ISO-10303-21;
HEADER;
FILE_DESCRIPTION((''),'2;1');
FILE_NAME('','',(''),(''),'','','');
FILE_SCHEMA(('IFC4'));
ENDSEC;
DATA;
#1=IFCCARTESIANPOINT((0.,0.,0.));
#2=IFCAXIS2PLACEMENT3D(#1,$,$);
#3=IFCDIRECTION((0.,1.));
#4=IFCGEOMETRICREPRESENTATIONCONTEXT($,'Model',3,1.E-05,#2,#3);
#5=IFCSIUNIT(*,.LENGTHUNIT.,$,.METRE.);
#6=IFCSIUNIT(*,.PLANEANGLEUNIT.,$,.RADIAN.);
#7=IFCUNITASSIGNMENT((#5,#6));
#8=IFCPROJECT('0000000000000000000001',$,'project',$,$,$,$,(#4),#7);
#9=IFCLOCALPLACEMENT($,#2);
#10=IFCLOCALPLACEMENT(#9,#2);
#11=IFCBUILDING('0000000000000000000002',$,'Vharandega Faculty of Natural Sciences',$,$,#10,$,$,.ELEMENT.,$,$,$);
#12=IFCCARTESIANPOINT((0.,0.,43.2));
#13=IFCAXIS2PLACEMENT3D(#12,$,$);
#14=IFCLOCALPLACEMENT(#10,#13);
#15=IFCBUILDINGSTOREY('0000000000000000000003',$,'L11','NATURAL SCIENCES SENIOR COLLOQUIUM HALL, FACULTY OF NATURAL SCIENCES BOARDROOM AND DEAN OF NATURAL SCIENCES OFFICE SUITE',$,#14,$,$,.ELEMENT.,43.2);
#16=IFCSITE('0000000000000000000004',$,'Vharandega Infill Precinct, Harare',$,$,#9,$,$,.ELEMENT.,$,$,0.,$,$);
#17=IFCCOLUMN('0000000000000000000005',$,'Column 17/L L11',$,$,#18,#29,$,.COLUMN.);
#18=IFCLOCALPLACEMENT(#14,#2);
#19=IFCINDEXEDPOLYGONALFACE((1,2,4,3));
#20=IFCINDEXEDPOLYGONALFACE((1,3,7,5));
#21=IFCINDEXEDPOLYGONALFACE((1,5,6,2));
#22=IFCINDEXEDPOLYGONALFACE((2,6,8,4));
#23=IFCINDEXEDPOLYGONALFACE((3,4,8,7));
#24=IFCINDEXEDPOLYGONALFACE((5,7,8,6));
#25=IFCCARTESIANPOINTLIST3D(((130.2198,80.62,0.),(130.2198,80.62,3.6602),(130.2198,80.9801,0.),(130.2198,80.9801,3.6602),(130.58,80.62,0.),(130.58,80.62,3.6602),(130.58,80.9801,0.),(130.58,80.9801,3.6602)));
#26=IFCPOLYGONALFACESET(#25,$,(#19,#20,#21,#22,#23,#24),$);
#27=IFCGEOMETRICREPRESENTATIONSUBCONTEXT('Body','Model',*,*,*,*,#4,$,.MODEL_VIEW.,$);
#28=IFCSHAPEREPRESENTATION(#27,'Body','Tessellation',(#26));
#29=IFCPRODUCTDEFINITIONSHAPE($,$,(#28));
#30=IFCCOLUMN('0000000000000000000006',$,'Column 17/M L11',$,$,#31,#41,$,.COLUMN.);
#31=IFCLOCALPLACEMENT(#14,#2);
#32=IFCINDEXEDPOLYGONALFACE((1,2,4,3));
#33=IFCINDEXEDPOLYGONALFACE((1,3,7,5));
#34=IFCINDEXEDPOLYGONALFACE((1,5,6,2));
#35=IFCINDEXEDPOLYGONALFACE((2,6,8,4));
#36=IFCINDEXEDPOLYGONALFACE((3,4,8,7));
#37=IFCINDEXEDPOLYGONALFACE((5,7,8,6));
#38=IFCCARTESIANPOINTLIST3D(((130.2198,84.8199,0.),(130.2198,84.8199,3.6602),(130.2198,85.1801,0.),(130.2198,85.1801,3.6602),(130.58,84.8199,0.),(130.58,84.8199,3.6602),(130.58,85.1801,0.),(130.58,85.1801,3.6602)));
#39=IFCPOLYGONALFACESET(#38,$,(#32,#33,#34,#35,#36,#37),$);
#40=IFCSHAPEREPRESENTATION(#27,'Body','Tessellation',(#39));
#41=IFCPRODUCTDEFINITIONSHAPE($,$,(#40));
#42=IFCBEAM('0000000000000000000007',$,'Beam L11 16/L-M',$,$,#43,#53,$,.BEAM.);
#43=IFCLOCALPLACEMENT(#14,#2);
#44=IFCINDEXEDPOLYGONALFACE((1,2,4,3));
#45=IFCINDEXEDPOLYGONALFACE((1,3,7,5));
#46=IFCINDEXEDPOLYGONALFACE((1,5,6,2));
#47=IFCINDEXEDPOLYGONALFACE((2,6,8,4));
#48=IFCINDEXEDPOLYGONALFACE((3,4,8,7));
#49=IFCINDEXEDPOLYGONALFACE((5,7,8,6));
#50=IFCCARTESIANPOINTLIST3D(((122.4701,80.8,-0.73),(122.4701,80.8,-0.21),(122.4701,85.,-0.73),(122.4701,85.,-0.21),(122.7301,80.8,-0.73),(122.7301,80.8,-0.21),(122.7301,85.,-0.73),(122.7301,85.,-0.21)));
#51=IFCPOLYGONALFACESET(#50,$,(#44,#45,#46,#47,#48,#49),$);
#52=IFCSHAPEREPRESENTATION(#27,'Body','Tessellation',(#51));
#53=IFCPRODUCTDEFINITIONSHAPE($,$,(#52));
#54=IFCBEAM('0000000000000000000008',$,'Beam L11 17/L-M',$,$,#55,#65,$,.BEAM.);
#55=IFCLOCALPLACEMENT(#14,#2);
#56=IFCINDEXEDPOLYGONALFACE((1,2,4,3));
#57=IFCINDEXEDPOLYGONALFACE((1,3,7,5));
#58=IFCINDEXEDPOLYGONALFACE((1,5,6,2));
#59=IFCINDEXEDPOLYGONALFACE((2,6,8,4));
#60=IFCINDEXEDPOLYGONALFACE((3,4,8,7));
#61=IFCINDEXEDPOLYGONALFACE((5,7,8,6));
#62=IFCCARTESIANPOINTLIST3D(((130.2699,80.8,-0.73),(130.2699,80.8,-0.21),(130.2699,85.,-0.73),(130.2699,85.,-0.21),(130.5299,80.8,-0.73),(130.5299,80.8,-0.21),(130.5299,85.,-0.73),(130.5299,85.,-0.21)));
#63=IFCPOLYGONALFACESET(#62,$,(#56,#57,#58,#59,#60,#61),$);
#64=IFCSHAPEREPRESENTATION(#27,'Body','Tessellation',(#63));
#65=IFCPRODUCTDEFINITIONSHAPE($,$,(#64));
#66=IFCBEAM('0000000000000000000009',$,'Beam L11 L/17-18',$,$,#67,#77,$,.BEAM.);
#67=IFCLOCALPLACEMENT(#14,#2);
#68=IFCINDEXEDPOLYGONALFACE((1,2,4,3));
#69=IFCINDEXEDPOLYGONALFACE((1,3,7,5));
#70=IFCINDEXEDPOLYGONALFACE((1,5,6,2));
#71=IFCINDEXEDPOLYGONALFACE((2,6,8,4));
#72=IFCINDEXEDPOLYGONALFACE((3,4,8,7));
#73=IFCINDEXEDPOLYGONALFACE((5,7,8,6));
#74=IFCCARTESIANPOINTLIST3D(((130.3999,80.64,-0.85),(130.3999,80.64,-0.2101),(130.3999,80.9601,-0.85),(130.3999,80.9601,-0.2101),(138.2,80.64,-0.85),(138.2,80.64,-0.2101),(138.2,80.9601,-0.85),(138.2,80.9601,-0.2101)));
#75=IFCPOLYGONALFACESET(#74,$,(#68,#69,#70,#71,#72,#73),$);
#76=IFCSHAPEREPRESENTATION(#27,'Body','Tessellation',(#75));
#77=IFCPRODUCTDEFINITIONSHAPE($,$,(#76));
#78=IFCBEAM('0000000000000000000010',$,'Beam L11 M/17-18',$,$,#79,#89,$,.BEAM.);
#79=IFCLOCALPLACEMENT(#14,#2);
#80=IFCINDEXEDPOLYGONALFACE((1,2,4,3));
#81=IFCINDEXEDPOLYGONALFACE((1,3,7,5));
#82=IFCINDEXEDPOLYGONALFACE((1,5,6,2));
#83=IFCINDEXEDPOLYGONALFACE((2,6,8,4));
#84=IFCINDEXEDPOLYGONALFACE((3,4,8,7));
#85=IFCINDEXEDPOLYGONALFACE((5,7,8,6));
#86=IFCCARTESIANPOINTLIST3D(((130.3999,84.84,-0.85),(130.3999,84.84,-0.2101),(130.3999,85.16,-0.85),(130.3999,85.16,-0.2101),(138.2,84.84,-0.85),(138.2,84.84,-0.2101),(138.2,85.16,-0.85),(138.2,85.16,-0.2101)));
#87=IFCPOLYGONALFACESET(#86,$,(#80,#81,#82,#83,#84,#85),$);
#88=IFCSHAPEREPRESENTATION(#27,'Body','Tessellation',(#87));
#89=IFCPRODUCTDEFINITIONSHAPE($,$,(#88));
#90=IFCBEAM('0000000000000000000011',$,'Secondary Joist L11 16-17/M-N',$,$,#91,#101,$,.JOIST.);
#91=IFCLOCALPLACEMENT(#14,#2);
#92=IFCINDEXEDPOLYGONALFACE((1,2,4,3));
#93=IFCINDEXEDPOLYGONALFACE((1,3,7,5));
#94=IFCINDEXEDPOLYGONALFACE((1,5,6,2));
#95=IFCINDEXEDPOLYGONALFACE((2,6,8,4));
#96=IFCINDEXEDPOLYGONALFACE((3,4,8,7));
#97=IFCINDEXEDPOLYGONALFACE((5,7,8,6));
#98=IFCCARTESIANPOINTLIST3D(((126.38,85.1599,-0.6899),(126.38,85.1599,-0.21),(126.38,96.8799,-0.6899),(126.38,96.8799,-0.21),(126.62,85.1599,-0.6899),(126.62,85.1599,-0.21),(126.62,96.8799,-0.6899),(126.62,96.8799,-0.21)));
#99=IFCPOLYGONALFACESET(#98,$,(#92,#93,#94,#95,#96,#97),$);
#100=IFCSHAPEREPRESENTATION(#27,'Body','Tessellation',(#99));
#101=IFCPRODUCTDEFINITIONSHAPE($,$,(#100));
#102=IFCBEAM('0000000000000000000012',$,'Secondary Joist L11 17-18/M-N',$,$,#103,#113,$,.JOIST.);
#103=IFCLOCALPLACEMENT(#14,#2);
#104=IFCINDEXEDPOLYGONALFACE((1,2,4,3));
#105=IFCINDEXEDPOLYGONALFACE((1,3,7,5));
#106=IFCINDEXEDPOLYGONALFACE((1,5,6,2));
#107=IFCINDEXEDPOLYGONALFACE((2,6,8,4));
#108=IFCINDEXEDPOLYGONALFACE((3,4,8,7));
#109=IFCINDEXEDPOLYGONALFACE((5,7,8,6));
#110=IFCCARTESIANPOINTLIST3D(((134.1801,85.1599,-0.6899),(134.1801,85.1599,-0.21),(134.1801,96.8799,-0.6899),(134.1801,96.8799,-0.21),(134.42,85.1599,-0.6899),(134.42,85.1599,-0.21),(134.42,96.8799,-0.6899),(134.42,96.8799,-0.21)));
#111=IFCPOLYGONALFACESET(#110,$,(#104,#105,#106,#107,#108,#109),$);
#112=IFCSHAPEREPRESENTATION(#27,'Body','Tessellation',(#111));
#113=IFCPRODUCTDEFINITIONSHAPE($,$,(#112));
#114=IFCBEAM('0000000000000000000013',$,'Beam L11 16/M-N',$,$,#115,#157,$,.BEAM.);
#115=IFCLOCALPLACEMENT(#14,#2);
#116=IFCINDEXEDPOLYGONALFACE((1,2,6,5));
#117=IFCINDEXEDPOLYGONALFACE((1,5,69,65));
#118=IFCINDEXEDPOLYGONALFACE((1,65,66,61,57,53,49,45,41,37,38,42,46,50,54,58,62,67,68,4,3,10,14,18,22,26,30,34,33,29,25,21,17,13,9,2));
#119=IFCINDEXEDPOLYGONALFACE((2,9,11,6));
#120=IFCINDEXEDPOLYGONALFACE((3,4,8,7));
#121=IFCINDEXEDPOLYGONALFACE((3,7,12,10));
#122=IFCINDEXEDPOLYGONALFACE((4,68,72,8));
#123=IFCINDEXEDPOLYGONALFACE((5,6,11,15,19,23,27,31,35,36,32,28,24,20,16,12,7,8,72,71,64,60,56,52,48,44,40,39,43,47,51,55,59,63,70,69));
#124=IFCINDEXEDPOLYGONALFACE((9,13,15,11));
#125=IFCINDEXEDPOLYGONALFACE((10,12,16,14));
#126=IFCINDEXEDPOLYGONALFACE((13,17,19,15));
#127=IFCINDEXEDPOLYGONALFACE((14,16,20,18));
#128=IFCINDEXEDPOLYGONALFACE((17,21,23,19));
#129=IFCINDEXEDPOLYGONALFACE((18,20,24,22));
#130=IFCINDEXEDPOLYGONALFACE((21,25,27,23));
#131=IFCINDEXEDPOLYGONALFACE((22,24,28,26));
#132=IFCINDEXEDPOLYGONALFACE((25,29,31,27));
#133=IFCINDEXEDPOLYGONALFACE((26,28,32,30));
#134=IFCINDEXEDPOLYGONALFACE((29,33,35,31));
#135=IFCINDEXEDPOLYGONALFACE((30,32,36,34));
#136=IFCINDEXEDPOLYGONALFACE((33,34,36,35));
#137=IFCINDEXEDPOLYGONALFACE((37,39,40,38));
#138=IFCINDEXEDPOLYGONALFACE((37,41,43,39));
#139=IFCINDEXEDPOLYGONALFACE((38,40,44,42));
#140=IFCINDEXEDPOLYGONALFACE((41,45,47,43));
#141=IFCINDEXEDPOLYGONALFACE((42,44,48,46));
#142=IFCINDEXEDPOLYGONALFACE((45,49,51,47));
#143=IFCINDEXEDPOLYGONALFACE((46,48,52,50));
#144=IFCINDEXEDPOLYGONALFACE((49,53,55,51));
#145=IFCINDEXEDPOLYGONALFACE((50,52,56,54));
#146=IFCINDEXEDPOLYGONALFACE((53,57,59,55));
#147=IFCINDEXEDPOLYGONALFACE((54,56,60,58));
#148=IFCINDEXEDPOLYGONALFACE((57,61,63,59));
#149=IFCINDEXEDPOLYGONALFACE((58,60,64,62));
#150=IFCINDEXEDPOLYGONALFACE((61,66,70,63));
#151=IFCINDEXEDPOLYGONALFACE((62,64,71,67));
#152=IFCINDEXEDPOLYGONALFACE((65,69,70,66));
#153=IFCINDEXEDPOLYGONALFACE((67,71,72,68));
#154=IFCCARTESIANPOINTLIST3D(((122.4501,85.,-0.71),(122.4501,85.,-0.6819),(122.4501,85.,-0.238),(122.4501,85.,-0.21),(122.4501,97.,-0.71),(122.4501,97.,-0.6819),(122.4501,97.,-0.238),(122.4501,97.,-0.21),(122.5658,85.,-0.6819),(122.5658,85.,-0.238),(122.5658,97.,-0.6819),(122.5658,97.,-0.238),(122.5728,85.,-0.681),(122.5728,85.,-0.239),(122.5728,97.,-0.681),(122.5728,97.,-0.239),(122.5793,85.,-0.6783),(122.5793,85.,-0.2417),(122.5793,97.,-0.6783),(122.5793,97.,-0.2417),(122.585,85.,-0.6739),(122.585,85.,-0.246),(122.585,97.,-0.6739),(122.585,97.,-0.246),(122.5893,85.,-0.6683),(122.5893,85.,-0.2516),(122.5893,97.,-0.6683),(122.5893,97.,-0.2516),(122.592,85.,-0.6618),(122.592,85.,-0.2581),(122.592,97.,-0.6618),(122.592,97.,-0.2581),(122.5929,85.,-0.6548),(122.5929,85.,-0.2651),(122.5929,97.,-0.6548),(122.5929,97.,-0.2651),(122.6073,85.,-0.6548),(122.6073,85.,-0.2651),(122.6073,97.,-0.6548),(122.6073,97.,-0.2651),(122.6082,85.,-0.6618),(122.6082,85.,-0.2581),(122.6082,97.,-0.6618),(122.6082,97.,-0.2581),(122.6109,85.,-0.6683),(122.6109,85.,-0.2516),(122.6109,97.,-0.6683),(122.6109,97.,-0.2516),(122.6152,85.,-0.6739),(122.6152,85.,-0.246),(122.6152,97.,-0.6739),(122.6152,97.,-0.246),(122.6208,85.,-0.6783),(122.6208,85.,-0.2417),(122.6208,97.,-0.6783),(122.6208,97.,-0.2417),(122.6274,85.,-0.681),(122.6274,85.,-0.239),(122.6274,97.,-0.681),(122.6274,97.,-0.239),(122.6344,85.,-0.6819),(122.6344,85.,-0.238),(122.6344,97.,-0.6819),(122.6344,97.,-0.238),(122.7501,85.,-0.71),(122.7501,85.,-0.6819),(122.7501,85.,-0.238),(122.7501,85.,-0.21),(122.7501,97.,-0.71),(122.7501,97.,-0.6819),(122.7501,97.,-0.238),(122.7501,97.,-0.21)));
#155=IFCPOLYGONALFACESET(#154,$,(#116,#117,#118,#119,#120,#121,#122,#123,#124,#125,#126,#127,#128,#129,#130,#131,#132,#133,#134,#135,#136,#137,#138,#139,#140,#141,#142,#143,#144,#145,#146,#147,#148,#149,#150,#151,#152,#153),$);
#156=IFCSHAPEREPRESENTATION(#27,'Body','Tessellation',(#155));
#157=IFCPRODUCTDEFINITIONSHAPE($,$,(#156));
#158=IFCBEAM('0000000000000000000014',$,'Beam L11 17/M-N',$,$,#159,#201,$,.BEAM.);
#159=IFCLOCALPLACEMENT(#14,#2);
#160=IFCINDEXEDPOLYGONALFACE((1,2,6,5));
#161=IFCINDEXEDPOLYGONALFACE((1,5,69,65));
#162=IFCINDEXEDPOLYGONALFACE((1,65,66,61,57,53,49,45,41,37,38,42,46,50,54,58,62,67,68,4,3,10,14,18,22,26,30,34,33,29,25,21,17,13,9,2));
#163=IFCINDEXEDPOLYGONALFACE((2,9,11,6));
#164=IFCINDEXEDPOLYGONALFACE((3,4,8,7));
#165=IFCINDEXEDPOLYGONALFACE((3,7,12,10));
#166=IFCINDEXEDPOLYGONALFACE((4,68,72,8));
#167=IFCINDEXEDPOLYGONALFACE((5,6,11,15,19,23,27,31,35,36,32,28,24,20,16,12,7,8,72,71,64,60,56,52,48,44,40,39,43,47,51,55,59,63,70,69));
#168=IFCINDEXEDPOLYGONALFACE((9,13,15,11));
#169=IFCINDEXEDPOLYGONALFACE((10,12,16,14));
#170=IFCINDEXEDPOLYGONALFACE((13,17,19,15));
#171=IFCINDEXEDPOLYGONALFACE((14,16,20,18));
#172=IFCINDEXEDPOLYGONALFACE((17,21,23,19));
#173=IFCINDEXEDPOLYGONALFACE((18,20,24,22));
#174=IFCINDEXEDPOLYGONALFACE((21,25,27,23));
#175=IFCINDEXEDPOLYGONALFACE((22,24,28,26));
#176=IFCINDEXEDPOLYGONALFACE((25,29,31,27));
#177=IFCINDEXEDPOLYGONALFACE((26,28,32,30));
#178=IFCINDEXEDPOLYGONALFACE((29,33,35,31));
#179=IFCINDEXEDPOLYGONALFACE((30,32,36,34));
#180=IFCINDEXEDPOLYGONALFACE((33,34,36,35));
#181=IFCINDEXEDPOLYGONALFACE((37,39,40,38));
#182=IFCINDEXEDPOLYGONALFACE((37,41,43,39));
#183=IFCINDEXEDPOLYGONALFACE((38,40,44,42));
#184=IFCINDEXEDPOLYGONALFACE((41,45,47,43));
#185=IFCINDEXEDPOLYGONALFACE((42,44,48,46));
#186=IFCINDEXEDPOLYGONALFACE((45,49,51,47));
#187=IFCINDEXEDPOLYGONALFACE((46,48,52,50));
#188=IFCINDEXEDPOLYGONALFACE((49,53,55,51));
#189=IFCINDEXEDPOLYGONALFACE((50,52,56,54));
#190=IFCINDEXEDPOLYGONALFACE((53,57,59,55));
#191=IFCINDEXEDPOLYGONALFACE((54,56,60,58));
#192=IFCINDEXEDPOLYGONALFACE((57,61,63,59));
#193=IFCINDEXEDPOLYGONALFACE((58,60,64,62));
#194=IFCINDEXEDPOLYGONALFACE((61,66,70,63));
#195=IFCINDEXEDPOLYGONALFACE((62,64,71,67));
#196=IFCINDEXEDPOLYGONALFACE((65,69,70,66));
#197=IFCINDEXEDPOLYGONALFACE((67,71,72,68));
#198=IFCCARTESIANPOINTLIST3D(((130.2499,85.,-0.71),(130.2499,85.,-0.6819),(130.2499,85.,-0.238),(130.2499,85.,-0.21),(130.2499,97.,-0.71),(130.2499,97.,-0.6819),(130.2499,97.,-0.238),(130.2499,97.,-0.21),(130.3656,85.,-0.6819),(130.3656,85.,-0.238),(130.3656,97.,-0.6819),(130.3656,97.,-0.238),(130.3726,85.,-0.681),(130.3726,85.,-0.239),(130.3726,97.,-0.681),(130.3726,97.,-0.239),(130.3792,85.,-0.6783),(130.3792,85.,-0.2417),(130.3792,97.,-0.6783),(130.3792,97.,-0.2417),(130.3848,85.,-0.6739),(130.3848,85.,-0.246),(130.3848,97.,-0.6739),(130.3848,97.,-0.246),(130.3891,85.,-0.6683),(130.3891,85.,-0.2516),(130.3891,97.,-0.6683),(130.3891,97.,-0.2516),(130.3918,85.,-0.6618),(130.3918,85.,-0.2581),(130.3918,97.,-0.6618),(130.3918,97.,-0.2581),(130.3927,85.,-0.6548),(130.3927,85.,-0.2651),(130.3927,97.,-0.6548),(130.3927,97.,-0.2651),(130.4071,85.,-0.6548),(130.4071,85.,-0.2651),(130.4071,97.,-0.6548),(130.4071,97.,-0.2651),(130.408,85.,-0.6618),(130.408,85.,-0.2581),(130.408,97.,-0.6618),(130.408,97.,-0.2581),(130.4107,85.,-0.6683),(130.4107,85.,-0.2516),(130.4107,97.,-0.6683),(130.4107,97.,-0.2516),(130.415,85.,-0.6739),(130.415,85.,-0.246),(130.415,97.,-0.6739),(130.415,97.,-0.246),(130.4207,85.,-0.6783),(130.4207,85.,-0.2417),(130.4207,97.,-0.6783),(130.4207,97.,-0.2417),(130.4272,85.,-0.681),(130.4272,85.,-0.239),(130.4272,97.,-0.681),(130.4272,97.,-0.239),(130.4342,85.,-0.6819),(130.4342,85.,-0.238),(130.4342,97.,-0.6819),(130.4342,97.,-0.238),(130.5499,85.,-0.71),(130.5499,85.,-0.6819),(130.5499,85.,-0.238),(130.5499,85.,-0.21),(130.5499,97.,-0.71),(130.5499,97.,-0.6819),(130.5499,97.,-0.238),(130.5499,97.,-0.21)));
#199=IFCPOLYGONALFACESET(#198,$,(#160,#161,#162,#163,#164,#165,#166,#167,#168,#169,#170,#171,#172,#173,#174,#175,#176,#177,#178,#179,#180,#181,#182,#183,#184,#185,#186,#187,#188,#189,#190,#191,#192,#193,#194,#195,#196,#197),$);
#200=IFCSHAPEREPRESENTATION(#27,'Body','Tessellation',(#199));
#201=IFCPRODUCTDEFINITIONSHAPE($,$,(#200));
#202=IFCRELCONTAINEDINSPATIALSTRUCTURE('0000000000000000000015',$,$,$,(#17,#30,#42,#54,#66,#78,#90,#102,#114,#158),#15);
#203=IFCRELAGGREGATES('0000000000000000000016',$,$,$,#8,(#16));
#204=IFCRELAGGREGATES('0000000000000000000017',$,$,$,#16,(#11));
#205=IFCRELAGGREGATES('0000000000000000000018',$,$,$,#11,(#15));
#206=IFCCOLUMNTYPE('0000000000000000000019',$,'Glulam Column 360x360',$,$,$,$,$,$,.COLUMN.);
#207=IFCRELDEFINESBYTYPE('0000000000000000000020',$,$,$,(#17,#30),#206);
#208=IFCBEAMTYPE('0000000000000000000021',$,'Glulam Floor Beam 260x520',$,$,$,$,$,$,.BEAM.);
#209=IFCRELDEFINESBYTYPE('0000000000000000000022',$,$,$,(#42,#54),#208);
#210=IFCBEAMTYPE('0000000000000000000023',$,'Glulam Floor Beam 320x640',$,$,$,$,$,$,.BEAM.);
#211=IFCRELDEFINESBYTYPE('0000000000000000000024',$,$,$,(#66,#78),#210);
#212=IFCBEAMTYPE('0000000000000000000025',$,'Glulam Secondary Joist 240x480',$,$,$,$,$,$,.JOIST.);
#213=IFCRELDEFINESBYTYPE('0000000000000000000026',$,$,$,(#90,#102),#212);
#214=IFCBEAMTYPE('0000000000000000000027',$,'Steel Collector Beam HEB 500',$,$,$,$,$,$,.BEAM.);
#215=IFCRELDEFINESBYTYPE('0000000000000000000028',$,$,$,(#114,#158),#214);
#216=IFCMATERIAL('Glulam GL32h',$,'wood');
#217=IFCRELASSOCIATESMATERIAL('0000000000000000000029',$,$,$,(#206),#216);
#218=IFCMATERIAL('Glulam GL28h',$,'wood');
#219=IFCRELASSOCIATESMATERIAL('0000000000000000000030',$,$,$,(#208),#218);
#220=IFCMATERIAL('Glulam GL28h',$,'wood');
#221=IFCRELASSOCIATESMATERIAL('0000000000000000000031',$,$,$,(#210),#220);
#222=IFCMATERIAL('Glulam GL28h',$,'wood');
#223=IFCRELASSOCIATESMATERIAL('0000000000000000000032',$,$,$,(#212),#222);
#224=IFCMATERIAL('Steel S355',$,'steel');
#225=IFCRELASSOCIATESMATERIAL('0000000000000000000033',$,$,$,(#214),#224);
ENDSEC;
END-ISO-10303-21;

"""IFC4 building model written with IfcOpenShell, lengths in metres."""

from ifc_helpers import new_model, si_unit, direction, frame, origin, origin_2d, place, context, subcontext, project, spatial, rectangle, i_section, extrude, material, material_profile, profile_set, type_object, element, save


model = new_model("IFC4")

# Units and contexts
model_context = context("Model", 3, precision=1e-05, world=origin(), true_north=direction((0.0, 1.0)))
body_context = subcontext(model_context, "Body", "Model", "MODEL_VIEW")
ifc_project = project(units=[si_unit("LENGTHUNIT", "METRE"), si_unit("PLANEANGLEUNIT", "RADIAN")], contexts=[model_context])

# Site, building, storey
site_placement = place(None, origin())
site = spatial("IfcSite", under=ifc_project, at=site_placement, Name="Vharandega Infill Precinct, Harare", CompositionType="ELEMENT", RefElevation=0.0)
building_placement = place(site_placement, origin())
building = spatial("IfcBuilding", under=site, at=building_placement, Name="Vharandega Faculty of Natural Sciences", CompositionType="ELEMENT")
storey_placement = place(building_placement, frame((0.0, 0.0, 43.2)))
storey = spatial("IfcBuildingStorey", under=building, at=storey_placement, Name="L11", Description="NATURAL SCIENCES SENIOR COLLOQUIUM HALL, FACULTY OF NATURAL SCIENCES BOARDROOM AND DEAN OF NATURAL SCIENCES OFFICE SUITE", CompositionType="ELEMENT", Elevation=43.2)

# Columns
ifc_material_1 = material(Name="Glulam GL32h", Category="wood")
ifc_material_profile_1 = material_profile(ifc_material_1, rectangle(XDim=0.3601, YDim=0.3601, at=origin_2d()), Name="GL32h 360x360")
ifc_profile_set_1 = profile_set([ifc_material_profile_1], Name="Glulam GL32h")
column_type = type_object("IfcColumnType", Name="Glulam Column 360x360", PredefinedType="COLUMN", material=ifc_profile_set_1)
for number, where, z_axis, x_axis, name in (
    (1, (130.3999, 80.8, 0.0), (0.0, 0.0, 1.0), (1.0, 0.0, 0.0), "Column 17/L L11"),
    (2, (130.3999, 85.0, 0.0), (0.0, 0.0, 1.0), (1.0, 0.0, 0.0), "Column 17/M L11"),
):
    element("IfcColumn", number, at=place(storey_placement, frame(where, z_axis=z_axis, x_axis=x_axis)), inside=storey, type_object=column_type, Name=name, PredefinedType="COLUMN", context=body_context, shape_type="SweptSolid", body=[
        extrude(rectangle(XDim=0.3601, YDim=0.3601, at=origin_2d()), origin(), (0.0, 0.0, 1.0), 3.6602),
    ])

# Beams
ifc_material_2 = material(Name="Glulam GL28h", Category="wood")
ifc_material_profile_2 = material_profile(ifc_material_2, rectangle(XDim=0.26, YDim=0.52, at=origin_2d()), Name="GL28h 260x520")
ifc_profile_set_2 = profile_set([ifc_material_profile_2], Name="Glulam GL28h")
beam_type_1 = type_object("IfcBeamType", Name="Glulam Floor Beam 260x520", PredefinedType="BEAM", material=ifc_profile_set_2)
for number, where, z_axis, x_axis, name in (
    (3, (122.6001, 80.8, -0.47), (0.0, 1.0, 0.0), (-1.0, 0.0, 0.0), "Beam L11 16/L-M"),
    (4, (130.3999, 80.8, -0.47), (0.0, 1.0, 0.0), (-1.0, 0.0, 0.0), "Beam L11 17/L-M"),
):
    element("IfcBeam", number, at=place(storey_placement, frame(where, z_axis=z_axis, x_axis=x_axis)), inside=storey, type_object=beam_type_1, Name=name, PredefinedType="BEAM", context=body_context, shape_type="SweptSolid", body=[
        extrude(rectangle(XDim=0.26, YDim=0.52, at=origin_2d()), origin(), (0.0, 0.0, 1.0), 4.2),
    ])
ifc_material_3 = material(Name="Glulam GL28h", Category="wood")
ifc_material_profile_3 = material_profile(ifc_material_3, rectangle(XDim=0.3201, YDim=0.6399, at=origin_2d()), Name="GL28h 320x640")
ifc_profile_set_3 = profile_set([ifc_material_profile_3], Name="Glulam GL28h")
beam_type_2 = type_object("IfcBeamType", Name="Glulam Floor Beam 320x640", PredefinedType="BEAM", material=ifc_profile_set_3)
for number, where, z_axis, x_axis, name in (
    (5, (130.3999, 80.8, -0.53), (1.0, 0.0, 0.0), (0.0, 1.0, 0.0), "Beam L11 L/17-18"),
    (6, (130.3999, 85.0, -0.53), (1.0, 0.0, 0.0), (0.0, 1.0, 0.0), "Beam L11 M/17-18"),
):
    element("IfcBeam", number, at=place(storey_placement, frame(where, z_axis=z_axis, x_axis=x_axis)), inside=storey, type_object=beam_type_2, Name=name, PredefinedType="BEAM", context=body_context, shape_type="SweptSolid", body=[
        extrude(rectangle(XDim=0.3201, YDim=0.6399, at=origin_2d()), origin(), (0.0, 0.0, 1.0), 7.8),
    ])
ifc_material_4 = material(Name="Glulam GL28h", Category="wood")
ifc_material_profile_4 = material_profile(ifc_material_4, rectangle(XDim=0.24, YDim=0.48, at=origin_2d()), Name="GL28h 240x480")
ifc_profile_set_4 = profile_set([ifc_material_profile_4], Name="Glulam GL28h")
beam_type_3 = type_object("IfcBeamType", Name="Glulam Secondary Joist 240x480", PredefinedType="JOIST", material=ifc_profile_set_4)
for number, where, z_axis, x_axis, name in (
    (7, (126.5, 85.1599, -0.45), (0.0, 1.0, 0.0), (-1.0, 0.0, 0.0), "Secondary Joist L11 16-17/M-N"),
    (8, (134.3, 85.1599, -0.45), (0.0, 1.0, 0.0), (-1.0, 0.0, 0.0), "Secondary Joist L11 17-18/M-N"),
):
    element("IfcBeam", number, at=place(storey_placement, frame(where, z_axis=z_axis, x_axis=x_axis)), inside=storey, type_object=beam_type_3, Name=name, PredefinedType="JOIST", context=body_context, shape_type="SweptSolid", body=[
        extrude(rectangle(XDim=0.24, YDim=0.48, at=origin_2d()), origin(), (0.0, 0.0, 1.0), 11.72),
    ])
ifc_material_5 = material(Name="Steel S355", Category="steel")
ifc_material_profile_5 = material_profile(ifc_material_5, i_section(OverallWidth=0.3, OverallDepth=0.5, WebThickness=0.0144, FlangeThickness=0.0281, FilletRadius=0.0271, at=origin_2d()), Name="HEB 500")
ifc_profile_set_5 = profile_set([ifc_material_profile_5], Name="Steel S355")
beam_type_4 = type_object("IfcBeamType", Name="Steel Collector Beam HEB 500", PredefinedType="BEAM", material=ifc_profile_set_5)
for number, where, z_axis, x_axis, name in (
    (9, (122.6001, 85.0, -0.46), (0.0, 1.0, 0.0), (-1.0, 0.0, 0.0), "Beam L11 16/M-N"),
    (10, (130.3999, 85.0, -0.46), (0.0, 1.0, 0.0), (-1.0, 0.0, 0.0), "Beam L11 17/M-N"),
):
    element("IfcBeam", number, at=place(storey_placement, frame(where, z_axis=z_axis, x_axis=x_axis)), inside=storey, type_object=beam_type_4, Name=name, PredefinedType="BEAM", context=body_context, shape_type="SweptSolid", body=[
        extrude(i_section(OverallWidth=0.3, OverallDepth=0.5, WebThickness=0.0144, FlangeThickness=0.0281, FilletRadius=0.0271, at=origin_2d()), origin(), (0.0, 0.0, 1.0), 12.0),
    ])

save(model, "model.ifc")
